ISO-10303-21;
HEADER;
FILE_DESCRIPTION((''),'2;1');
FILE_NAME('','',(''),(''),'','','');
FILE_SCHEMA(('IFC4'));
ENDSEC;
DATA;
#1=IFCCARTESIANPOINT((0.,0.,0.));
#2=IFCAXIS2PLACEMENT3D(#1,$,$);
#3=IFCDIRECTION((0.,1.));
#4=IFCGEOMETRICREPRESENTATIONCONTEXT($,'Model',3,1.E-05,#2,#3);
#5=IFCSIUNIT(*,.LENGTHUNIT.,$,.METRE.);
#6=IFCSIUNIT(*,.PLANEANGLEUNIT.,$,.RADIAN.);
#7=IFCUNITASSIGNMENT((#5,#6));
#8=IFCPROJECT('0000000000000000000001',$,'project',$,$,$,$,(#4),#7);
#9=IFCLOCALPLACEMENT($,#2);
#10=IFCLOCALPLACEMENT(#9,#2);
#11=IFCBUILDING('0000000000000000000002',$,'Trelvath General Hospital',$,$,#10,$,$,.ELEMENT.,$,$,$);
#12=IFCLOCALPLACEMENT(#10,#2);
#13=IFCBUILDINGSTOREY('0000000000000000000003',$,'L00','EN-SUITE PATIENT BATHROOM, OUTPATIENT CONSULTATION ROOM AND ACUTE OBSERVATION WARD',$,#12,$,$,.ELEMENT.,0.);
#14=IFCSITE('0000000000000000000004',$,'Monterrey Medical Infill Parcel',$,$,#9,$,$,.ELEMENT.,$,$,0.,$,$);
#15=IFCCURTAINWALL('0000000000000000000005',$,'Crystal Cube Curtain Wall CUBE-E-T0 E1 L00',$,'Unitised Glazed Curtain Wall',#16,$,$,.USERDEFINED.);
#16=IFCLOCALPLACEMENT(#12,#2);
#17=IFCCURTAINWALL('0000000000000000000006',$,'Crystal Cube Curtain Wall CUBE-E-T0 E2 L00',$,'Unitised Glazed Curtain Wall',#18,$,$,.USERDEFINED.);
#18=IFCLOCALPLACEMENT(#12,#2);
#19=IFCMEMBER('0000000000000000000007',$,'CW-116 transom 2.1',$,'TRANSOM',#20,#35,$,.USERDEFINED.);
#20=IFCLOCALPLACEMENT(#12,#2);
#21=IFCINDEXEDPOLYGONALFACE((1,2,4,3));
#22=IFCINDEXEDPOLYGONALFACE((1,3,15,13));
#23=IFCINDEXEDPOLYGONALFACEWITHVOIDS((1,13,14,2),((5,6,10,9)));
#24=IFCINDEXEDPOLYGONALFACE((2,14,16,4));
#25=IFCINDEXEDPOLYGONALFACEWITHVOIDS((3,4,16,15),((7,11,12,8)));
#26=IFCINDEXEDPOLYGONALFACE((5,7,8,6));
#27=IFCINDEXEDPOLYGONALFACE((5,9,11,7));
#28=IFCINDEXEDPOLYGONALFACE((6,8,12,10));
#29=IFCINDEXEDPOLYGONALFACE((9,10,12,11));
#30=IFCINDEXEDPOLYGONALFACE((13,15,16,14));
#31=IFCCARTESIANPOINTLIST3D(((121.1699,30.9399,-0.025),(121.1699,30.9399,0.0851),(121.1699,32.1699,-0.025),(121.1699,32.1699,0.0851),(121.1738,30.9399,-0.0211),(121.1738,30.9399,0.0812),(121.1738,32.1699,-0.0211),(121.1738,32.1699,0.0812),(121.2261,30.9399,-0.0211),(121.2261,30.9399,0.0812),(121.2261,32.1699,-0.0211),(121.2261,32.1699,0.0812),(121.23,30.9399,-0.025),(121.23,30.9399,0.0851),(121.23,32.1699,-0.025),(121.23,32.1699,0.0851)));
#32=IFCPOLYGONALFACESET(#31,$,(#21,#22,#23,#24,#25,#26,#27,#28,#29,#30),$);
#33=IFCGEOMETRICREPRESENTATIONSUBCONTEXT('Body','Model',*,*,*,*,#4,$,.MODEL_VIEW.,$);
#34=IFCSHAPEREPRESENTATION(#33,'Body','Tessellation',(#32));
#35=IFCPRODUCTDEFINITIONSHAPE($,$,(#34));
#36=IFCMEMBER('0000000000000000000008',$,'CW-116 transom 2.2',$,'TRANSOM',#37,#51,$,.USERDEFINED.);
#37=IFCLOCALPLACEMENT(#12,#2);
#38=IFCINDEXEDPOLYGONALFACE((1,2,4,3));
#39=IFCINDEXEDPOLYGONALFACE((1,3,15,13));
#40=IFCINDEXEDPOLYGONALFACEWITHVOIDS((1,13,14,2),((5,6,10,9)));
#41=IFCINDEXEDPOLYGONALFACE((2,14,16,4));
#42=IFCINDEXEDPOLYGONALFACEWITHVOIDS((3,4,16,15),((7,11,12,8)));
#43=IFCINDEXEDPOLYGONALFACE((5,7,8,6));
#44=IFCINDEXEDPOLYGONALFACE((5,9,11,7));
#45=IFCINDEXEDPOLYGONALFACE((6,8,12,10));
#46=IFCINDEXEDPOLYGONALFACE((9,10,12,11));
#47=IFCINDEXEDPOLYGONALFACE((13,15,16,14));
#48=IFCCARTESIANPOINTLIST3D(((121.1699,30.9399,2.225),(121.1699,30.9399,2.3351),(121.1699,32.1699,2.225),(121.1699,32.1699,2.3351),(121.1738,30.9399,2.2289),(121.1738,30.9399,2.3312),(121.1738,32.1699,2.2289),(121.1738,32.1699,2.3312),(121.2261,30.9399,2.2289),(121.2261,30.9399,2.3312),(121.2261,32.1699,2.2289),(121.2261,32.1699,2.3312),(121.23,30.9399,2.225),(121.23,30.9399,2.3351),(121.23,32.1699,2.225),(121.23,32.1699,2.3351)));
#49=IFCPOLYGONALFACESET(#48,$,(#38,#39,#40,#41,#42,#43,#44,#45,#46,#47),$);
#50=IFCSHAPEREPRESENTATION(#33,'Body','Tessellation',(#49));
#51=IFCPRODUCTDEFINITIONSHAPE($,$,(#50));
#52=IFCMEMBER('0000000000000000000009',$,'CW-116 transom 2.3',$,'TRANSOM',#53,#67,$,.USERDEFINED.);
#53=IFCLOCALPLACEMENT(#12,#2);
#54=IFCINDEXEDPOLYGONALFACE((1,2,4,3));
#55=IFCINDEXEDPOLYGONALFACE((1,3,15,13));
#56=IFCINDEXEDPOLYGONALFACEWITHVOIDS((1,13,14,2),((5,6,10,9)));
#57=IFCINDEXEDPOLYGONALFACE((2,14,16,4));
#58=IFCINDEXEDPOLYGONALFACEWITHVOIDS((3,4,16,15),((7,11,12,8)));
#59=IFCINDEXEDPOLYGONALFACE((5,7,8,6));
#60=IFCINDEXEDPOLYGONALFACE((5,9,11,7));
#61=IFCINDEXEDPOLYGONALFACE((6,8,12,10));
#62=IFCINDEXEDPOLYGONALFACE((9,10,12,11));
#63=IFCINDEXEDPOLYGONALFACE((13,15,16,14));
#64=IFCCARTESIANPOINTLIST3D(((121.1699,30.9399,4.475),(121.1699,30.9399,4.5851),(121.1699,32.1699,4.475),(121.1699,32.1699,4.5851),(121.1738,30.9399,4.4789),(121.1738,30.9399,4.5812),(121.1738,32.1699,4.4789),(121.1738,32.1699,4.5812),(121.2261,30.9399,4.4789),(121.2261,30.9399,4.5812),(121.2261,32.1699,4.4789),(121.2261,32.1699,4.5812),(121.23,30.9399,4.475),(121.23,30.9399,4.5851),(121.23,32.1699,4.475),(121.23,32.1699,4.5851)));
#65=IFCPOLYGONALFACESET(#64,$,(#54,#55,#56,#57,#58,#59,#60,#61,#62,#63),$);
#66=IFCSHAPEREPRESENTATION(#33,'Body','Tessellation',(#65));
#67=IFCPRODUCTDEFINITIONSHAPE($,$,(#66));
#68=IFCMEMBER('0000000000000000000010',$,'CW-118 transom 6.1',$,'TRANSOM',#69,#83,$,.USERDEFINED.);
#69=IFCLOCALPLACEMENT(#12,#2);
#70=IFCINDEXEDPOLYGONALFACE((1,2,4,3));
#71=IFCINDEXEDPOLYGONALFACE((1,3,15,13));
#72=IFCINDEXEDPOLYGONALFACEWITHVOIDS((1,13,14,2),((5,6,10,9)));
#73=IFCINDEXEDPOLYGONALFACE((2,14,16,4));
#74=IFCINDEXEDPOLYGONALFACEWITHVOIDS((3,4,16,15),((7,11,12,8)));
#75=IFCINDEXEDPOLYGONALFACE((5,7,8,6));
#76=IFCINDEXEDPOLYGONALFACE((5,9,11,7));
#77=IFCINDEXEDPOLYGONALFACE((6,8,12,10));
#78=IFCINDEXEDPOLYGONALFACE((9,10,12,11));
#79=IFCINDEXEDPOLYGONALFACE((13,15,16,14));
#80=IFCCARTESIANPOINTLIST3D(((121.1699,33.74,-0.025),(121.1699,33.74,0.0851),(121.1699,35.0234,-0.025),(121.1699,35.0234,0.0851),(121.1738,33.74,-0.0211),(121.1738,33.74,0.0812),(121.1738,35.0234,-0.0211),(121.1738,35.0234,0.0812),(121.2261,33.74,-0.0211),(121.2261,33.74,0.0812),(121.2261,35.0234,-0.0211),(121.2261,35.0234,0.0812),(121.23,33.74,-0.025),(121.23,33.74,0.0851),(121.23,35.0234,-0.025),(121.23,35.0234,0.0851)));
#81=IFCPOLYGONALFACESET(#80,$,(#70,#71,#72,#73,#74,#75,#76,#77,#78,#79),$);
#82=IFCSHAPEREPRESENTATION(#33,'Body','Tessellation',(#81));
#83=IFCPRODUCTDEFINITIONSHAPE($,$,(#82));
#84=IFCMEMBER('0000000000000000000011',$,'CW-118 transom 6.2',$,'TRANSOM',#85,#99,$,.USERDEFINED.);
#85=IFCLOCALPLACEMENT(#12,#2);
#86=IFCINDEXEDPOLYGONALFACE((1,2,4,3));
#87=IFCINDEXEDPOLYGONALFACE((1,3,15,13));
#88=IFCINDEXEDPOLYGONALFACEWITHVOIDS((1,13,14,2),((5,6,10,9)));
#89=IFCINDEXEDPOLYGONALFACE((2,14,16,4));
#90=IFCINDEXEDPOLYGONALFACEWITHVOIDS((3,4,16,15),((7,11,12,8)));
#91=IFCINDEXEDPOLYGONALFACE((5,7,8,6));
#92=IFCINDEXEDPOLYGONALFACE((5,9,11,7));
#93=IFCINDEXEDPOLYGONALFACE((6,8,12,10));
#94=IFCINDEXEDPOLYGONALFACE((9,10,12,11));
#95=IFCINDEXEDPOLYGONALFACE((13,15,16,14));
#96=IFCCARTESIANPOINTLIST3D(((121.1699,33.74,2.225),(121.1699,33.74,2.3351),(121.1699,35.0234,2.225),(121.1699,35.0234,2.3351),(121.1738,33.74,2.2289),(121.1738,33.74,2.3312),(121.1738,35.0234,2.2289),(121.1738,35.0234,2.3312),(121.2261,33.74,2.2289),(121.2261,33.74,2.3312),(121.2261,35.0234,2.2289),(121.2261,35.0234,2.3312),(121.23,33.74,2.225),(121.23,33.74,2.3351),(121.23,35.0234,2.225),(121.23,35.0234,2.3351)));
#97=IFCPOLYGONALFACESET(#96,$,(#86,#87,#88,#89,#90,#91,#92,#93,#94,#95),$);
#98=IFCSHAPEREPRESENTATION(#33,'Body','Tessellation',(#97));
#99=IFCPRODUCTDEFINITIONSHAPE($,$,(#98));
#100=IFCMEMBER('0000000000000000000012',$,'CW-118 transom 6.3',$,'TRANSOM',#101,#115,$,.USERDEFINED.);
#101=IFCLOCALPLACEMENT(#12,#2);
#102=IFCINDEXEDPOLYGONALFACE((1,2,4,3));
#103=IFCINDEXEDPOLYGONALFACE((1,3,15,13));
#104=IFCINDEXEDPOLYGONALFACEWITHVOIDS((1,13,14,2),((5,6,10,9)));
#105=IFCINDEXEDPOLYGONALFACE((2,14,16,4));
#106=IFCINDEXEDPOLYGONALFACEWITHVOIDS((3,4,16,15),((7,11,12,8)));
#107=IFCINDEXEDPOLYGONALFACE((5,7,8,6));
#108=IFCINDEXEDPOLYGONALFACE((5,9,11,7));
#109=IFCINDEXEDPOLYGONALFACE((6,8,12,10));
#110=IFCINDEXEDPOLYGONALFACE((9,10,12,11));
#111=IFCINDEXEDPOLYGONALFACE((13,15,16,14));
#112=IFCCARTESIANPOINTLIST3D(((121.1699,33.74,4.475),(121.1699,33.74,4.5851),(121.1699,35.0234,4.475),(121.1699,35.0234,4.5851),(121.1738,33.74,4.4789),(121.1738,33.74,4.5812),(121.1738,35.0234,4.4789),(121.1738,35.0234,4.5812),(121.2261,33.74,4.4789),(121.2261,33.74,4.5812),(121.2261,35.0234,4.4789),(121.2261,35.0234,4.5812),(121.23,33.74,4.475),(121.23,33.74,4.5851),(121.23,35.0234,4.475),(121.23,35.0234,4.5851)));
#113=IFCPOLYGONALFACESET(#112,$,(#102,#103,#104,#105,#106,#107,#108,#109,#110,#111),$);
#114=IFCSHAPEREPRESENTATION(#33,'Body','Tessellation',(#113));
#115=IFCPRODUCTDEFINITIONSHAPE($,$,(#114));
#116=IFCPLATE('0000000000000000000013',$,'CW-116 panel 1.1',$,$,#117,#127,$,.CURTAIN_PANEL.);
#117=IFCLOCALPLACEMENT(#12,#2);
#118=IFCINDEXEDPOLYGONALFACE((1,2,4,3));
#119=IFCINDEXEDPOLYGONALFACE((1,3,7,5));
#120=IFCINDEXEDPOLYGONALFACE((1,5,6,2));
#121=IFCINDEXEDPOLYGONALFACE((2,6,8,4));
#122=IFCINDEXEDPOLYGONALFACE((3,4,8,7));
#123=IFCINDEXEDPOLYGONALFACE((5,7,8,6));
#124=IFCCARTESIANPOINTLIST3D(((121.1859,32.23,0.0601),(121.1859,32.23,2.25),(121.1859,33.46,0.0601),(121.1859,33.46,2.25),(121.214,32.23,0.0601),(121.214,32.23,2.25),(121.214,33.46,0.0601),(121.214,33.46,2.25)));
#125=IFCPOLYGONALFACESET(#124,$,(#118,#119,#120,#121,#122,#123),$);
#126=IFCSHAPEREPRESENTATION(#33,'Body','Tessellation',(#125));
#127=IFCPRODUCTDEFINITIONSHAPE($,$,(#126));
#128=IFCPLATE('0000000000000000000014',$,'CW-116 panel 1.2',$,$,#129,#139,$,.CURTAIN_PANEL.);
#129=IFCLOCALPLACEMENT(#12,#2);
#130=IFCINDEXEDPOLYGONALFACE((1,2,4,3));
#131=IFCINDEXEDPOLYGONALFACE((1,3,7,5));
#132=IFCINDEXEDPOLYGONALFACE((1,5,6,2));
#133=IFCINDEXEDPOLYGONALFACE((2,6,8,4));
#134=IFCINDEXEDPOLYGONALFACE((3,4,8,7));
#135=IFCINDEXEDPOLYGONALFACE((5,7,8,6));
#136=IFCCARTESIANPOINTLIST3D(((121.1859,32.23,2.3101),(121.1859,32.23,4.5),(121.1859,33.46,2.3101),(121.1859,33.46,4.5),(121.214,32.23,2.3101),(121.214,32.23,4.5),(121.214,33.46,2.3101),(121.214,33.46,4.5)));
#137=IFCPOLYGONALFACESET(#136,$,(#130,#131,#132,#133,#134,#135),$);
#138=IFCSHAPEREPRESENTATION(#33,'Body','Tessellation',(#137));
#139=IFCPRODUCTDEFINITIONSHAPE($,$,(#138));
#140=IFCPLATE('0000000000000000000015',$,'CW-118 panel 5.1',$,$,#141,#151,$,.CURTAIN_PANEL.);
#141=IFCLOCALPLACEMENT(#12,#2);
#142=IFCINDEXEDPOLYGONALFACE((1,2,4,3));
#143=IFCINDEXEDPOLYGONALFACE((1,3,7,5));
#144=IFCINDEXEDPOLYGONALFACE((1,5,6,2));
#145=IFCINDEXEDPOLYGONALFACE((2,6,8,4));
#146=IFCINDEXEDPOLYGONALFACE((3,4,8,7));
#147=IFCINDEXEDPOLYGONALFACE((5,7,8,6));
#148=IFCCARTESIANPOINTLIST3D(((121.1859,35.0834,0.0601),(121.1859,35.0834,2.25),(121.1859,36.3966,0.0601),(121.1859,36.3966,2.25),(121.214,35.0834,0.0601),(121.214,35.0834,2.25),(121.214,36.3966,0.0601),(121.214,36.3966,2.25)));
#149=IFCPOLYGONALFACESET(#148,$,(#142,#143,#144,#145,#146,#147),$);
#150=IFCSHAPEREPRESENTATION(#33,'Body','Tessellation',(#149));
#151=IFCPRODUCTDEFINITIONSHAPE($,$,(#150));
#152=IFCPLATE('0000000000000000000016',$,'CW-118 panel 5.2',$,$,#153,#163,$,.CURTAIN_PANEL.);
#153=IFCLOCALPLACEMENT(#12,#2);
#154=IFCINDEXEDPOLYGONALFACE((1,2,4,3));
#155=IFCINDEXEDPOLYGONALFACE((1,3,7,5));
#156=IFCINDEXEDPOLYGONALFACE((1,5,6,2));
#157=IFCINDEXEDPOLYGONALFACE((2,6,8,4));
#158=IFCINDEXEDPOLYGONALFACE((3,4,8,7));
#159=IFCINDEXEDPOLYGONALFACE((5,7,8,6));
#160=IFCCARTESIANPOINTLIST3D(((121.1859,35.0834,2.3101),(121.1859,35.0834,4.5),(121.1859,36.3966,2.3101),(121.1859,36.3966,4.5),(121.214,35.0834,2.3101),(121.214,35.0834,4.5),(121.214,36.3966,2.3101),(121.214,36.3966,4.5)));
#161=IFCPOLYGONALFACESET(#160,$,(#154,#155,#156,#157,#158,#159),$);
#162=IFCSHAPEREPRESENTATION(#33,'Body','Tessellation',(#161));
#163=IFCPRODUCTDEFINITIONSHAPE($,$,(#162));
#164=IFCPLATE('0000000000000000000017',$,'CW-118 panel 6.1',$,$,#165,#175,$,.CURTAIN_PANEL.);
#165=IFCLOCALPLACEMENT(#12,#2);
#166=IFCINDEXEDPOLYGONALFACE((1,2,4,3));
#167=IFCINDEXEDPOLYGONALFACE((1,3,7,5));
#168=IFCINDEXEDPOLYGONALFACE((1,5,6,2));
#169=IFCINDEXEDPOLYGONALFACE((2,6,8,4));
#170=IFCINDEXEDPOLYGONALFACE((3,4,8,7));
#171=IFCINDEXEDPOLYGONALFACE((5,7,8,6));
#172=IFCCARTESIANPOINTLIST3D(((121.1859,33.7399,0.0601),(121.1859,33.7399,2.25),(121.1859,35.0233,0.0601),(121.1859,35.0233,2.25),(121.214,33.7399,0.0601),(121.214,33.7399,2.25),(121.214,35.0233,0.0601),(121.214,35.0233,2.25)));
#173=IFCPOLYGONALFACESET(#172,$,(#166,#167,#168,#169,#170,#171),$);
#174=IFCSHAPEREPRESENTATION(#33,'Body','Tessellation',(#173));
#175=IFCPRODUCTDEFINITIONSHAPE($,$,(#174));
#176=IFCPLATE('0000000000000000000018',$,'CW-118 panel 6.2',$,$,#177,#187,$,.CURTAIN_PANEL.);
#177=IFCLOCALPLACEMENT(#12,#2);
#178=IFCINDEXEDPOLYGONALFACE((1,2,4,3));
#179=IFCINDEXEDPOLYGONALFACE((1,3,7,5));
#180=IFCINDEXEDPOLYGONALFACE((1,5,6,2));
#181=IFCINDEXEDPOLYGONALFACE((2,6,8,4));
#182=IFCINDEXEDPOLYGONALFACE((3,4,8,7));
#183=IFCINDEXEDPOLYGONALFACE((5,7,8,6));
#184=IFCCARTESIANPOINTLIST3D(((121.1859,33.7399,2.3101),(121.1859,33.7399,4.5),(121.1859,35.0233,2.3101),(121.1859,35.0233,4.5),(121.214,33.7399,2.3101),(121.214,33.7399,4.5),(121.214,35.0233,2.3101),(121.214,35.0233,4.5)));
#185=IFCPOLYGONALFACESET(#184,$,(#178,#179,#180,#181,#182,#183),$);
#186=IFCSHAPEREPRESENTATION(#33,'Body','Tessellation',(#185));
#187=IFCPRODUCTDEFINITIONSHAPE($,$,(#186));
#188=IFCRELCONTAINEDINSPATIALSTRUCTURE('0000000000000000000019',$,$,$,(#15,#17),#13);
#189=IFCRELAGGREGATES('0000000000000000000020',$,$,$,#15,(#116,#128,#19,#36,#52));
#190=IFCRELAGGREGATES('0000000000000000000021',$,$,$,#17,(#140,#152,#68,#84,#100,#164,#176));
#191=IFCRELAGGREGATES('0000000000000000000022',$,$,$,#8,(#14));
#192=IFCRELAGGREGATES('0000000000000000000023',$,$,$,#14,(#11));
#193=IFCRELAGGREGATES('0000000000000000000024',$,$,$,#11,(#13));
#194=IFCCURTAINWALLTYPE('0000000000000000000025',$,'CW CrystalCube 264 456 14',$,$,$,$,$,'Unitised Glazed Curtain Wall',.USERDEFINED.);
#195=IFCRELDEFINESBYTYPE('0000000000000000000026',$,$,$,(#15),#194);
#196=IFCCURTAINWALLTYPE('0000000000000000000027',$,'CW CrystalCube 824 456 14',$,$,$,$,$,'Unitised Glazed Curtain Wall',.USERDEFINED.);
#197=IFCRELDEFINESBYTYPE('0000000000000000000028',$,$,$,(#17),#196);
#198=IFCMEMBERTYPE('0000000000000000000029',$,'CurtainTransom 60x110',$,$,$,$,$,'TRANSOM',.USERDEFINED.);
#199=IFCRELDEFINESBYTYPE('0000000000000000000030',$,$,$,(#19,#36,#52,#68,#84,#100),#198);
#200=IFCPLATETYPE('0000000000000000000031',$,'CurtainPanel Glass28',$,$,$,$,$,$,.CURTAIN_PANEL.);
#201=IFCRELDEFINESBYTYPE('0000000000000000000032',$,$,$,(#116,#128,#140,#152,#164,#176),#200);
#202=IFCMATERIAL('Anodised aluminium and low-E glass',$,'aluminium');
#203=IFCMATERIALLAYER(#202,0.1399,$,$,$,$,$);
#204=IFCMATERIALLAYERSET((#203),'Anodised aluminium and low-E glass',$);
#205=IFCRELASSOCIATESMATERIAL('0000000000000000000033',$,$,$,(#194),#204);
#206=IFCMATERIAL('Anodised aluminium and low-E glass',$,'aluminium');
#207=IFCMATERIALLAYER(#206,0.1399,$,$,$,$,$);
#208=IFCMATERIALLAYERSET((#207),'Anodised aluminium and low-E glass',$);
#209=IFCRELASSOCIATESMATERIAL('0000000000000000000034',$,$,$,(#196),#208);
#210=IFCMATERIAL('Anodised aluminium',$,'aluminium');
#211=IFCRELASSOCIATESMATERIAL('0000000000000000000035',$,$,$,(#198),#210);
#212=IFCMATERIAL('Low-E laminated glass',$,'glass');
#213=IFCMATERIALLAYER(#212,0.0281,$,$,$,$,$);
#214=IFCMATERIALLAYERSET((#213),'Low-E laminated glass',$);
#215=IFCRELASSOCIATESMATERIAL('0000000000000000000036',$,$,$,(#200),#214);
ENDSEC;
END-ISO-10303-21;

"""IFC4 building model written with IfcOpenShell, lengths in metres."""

from ifc_helpers import new_model, si_unit, direction, frame, origin, origin_2d, place, context, subcontext, project, spatial, rectangle, hollow_rectangle, extrude, material, layer, layer_set, material_profile, profile_set, type_object, element, aggregate, save


model = new_model("IFC4")

# Units and contexts
model_context = context("Model", 3, precision=1e-05, world=origin(), true_north=direction((0.0, 1.0)))
body_context = subcontext(model_context, "Body", "Model", "MODEL_VIEW")
ifc_project = project(units=[si_unit("LENGTHUNIT", "METRE"), si_unit("PLANEANGLEUNIT", "RADIAN")], contexts=[model_context])

# Site, building, storey
site_placement = place(None, origin())
site = spatial("IfcSite", under=ifc_project, at=site_placement, Name="Monterrey Medical Infill Parcel", CompositionType="ELEMENT", RefElevation=0.0)
building_placement = place(site_placement, origin())
building = spatial("IfcBuilding", under=site, at=building_placement, Name="Trelvath General Hospital", CompositionType="ELEMENT")
storey_placement = place(building_placement, origin())
storey = spatial("IfcBuildingStorey", under=building, at=storey_placement, Name="L00", Description="EN-SUITE PATIENT BATHROOM, OUTPATIENT CONSULTATION ROOM AND ACUTE OBSERVATION WARD", CompositionType="ELEMENT", Elevation=0.0)

# Curtain walls
ifc_material_1 = material(Name="Anodised aluminium and low-E glass", Category="aluminium")
ifc_layer_1 = layer(ifc_material_1, 0.1399)
ifc_layer_set_1 = layer_set([ifc_layer_1], Name="Anodised aluminium and low-E glass")
curtain_wall_type_1 = type_object("IfcCurtainWallType", Name="CW CrystalCube 264 456 14", ElementType="Unitised Glazed Curtain Wall", PredefinedType="USERDEFINED", material=ifc_layer_set_1)
curtain_wall_1_placement = place(storey_placement, origin())
curtain_wall_1 = element("IfcCurtainWall", 1, at=curtain_wall_1_placement, inside=storey, type_object=curtain_wall_type_1, Name="Crystal Cube Curtain Wall CUBE-E-T0 E1 L00", ObjectType="Unitised Glazed Curtain Wall", PredefinedType="USERDEFINED")
ifc_material_2 = material(Name="Anodised aluminium and low-E glass", Category="aluminium")
ifc_layer_2 = layer(ifc_material_2, 0.1399)
ifc_layer_set_2 = layer_set([ifc_layer_2], Name="Anodised aluminium and low-E glass")
curtain_wall_type_2 = type_object("IfcCurtainWallType", Name="CW CrystalCube 824 456 14", ElementType="Unitised Glazed Curtain Wall", PredefinedType="USERDEFINED", material=ifc_layer_set_2)
curtain_wall_2_placement = place(storey_placement, origin())
curtain_wall_2 = element("IfcCurtainWall", 2, at=curtain_wall_2_placement, inside=storey, type_object=curtain_wall_type_2, Name="Crystal Cube Curtain Wall CUBE-E-T0 E2 L00", ObjectType="Unitised Glazed Curtain Wall", PredefinedType="USERDEFINED")

# Members
ifc_material_3 = material(Name="Anodised aluminium", Category="aluminium")
ifc_material_profile_1 = material_profile(ifc_material_3, hollow_rectangle(XDim=0.0601, YDim=0.1101, WallThickness=0.0039, at=origin_2d()), Name="RHS60x110x4")
ifc_profile_set_1 = profile_set([ifc_material_profile_1], Name="Anodised aluminium")
member_type_1 = type_object("IfcMemberType", Name="CurtainTransom 60x110", ElementType="TRANSOM", PredefinedType="USERDEFINED", material=ifc_profile_set_1)
member_1_placement = place(storey_placement, frame((121.2, 32.1699, 0.03), z_axis=(0.0, -1.0, 0.0), x_axis=(1.0, 0.0, 0.0)))
member_1 = element("IfcMember", 3, at=member_1_placement, type_object=member_type_1, Name="CW-116 transom 2.1", ObjectType="TRANSOM", PredefinedType="USERDEFINED", context=body_context, shape_type="SweptSolid", body=[
    extrude(hollow_rectangle(XDim=0.0601, YDim=0.1101, WallThickness=0.0039, at=origin_2d()), origin(), (0.0, 0.0, 1.0), 1.23),
])
member_2_placement = place(storey_placement, frame((121.2, 32.1699, 2.28), z_axis=(0.0, -1.0, 0.0), x_axis=(1.0, 0.0, 0.0)))
member_2 = element("IfcMember", 4, at=member_2_placement, type_object=member_type_1, Name="CW-116 transom 2.2", ObjectType="TRANSOM", PredefinedType="USERDEFINED", context=body_context, shape_type="SweptSolid", body=[
    extrude(hollow_rectangle(XDim=0.0601, YDim=0.1101, WallThickness=0.0039, at=origin_2d()), origin(), (0.0, 0.0, 1.0), 1.23),
])
member_3_placement = place(storey_placement, frame((121.2, 32.1699, 4.53), z_axis=(0.0, -1.0, 0.0), x_axis=(1.0, 0.0, 0.0)))
member_3 = element("IfcMember", 5, at=member_3_placement, type_object=member_type_1, Name="CW-116 transom 2.3", ObjectType="TRANSOM", PredefinedType="USERDEFINED", context=body_context, shape_type="SweptSolid", body=[
    extrude(hollow_rectangle(XDim=0.0601, YDim=0.1101, WallThickness=0.0039, at=origin_2d()), origin(), (0.0, 0.0, 1.0), 1.23),
])
member_4_placement = place(storey_placement, frame((121.2, 35.0234, 0.03), z_axis=(0.0, -1.0, 0.0), x_axis=(1.0, 0.0, 0.0)))
member_4 = element("IfcMember", 6, at=member_4_placement, type_object=member_type_1, Name="CW-118 transom 6.1", ObjectType="TRANSOM", PredefinedType="USERDEFINED", context=body_context, shape_type="SweptSolid", body=[
    extrude(hollow_rectangle(XDim=0.0601, YDim=0.1101, WallThickness=0.0039, at=origin_2d()), origin(), (0.0, 0.0, 1.0), 1.2834),
])
member_5_placement = place(storey_placement, frame((121.2, 35.0234, 2.28), z_axis=(0.0, -1.0, 0.0), x_axis=(1.0, 0.0, 0.0)))
member_5 = element("IfcMember", 7, at=member_5_placement, type_object=member_type_1, Name="CW-118 transom 6.2", ObjectType="TRANSOM", PredefinedType="USERDEFINED", context=body_context, shape_type="SweptSolid", body=[
    extrude(hollow_rectangle(XDim=0.0601, YDim=0.1101, WallThickness=0.0039, at=origin_2d()), origin(), (0.0, 0.0, 1.0), 1.2834),
])
member_6_placement = place(storey_placement, frame((121.2, 35.0234, 4.53), z_axis=(0.0, -1.0, 0.0), x_axis=(1.0, 0.0, 0.0)))
member_6 = element("IfcMember", 8, at=member_6_placement, type_object=member_type_1, Name="CW-118 transom 6.3", ObjectType="TRANSOM", PredefinedType="USERDEFINED", context=body_context, shape_type="SweptSolid", body=[
    extrude(hollow_rectangle(XDim=0.0601, YDim=0.1101, WallThickness=0.0039, at=origin_2d()), origin(), (0.0, 0.0, 1.0), 1.2834),
])

# Plates
ifc_material_4 = material(Name="Low-E laminated glass", Category="glass")
ifc_layer_3 = layer(ifc_material_4, 0.0281)
ifc_layer_set_3 = layer_set([ifc_layer_3], Name="Low-E laminated glass")
plate_type = type_object("IfcPlateType", Name="CurtainPanel Glass28", PredefinedType="CURTAIN_PANEL", material=ifc_layer_set_3)
plate_1_placement = place(storey_placement, frame((121.2, 32.845, 0.0601), z_axis=(0.0, 0.0, 1.0), x_axis=(0.0, -1.0, 0.0)))
plate_1 = element("IfcPlate", 9, at=plate_1_placement, type_object=plate_type, Name="CW-116 panel 1.1", PredefinedType="CURTAIN_PANEL", context=body_context, shape_type="SweptSolid", body=[
    extrude(rectangle(XDim=1.23, YDim=0.0281, at=origin_2d()), origin(), (0.0, 0.0, 1.0), 2.1899),
])
plate_2_placement = place(storey_placement, frame((121.2, 32.845, 2.3101), z_axis=(0.0, 0.0, 1.0), x_axis=(0.0, -1.0, 0.0)))
plate_2 = element("IfcPlate", 10, at=plate_2_placement, type_object=plate_type, Name="CW-116 panel 1.2", PredefinedType="CURTAIN_PANEL", context=body_context, shape_type="SweptSolid", body=[
    extrude(rectangle(XDim=1.23, YDim=0.0281, at=origin_2d()), origin(), (0.0, 0.0, 1.0), 2.1899),
])
aggregate(curtain_wall_1, [plate_1, plate_2, member_1, member_2, member_3])
plate_3_placement = place(storey_placement, frame((121.2, 35.74, 0.0601), z_axis=(0.0, 0.0, 1.0), x_axis=(0.0, -1.0, 0.0)))
plate_3 = element("IfcPlate", 11, at=plate_3_placement, type_object=plate_type, Name="CW-118 panel 5.1", PredefinedType="CURTAIN_PANEL", context=body_context, shape_type="SweptSolid", body=[
    extrude(rectangle(XDim=1.3132, YDim=0.0281, at=origin_2d()), origin(), (0.0, 0.0, 1.0), 2.1899),
])
plate_4_placement = place(storey_placement, frame((121.2, 35.74, 2.3101), z_axis=(0.0, 0.0, 1.0), x_axis=(0.0, -1.0, 0.0)))
plate_4 = element("IfcPlate", 12, at=plate_4_placement, type_object=plate_type, Name="CW-118 panel 5.2", PredefinedType="CURTAIN_PANEL", context=body_context, shape_type="SweptSolid", body=[
    extrude(rectangle(XDim=1.3132, YDim=0.0281, at=origin_2d()), origin(), (0.0, 0.0, 1.0), 2.1899),
])
plate_5_placement = place(storey_placement, frame((121.2, 34.3816, 0.0601), z_axis=(0.0, 0.0, 1.0), x_axis=(0.0, -1.0, 0.0)))
plate_5 = element("IfcPlate", 13, at=plate_5_placement, type_object=plate_type, Name="CW-118 panel 6.1", PredefinedType="CURTAIN_PANEL", context=body_context, shape_type="SweptSolid", body=[
    extrude(rectangle(XDim=1.2834, YDim=0.0281, at=origin_2d()), origin(), (0.0, 0.0, 1.0), 2.1899),
])
plate_6_placement = place(storey_placement, frame((121.2, 34.3816, 2.3101), z_axis=(0.0, 0.0, 1.0), x_axis=(0.0, -1.0, 0.0)))
plate_6 = element("IfcPlate", 14, at=plate_6_placement, type_object=plate_type, Name="CW-118 panel 6.2", PredefinedType="CURTAIN_PANEL", context=body_context, shape_type="SweptSolid", body=[
    extrude(rectangle(XDim=1.2834, YDim=0.0281, at=origin_2d()), origin(), (0.0, 0.0, 1.0), 2.1899),
])
aggregate(curtain_wall_2, [plate_3, plate_4, member_4, member_5, member_6, plate_5, plate_6])

save(model, "model.ifc")
